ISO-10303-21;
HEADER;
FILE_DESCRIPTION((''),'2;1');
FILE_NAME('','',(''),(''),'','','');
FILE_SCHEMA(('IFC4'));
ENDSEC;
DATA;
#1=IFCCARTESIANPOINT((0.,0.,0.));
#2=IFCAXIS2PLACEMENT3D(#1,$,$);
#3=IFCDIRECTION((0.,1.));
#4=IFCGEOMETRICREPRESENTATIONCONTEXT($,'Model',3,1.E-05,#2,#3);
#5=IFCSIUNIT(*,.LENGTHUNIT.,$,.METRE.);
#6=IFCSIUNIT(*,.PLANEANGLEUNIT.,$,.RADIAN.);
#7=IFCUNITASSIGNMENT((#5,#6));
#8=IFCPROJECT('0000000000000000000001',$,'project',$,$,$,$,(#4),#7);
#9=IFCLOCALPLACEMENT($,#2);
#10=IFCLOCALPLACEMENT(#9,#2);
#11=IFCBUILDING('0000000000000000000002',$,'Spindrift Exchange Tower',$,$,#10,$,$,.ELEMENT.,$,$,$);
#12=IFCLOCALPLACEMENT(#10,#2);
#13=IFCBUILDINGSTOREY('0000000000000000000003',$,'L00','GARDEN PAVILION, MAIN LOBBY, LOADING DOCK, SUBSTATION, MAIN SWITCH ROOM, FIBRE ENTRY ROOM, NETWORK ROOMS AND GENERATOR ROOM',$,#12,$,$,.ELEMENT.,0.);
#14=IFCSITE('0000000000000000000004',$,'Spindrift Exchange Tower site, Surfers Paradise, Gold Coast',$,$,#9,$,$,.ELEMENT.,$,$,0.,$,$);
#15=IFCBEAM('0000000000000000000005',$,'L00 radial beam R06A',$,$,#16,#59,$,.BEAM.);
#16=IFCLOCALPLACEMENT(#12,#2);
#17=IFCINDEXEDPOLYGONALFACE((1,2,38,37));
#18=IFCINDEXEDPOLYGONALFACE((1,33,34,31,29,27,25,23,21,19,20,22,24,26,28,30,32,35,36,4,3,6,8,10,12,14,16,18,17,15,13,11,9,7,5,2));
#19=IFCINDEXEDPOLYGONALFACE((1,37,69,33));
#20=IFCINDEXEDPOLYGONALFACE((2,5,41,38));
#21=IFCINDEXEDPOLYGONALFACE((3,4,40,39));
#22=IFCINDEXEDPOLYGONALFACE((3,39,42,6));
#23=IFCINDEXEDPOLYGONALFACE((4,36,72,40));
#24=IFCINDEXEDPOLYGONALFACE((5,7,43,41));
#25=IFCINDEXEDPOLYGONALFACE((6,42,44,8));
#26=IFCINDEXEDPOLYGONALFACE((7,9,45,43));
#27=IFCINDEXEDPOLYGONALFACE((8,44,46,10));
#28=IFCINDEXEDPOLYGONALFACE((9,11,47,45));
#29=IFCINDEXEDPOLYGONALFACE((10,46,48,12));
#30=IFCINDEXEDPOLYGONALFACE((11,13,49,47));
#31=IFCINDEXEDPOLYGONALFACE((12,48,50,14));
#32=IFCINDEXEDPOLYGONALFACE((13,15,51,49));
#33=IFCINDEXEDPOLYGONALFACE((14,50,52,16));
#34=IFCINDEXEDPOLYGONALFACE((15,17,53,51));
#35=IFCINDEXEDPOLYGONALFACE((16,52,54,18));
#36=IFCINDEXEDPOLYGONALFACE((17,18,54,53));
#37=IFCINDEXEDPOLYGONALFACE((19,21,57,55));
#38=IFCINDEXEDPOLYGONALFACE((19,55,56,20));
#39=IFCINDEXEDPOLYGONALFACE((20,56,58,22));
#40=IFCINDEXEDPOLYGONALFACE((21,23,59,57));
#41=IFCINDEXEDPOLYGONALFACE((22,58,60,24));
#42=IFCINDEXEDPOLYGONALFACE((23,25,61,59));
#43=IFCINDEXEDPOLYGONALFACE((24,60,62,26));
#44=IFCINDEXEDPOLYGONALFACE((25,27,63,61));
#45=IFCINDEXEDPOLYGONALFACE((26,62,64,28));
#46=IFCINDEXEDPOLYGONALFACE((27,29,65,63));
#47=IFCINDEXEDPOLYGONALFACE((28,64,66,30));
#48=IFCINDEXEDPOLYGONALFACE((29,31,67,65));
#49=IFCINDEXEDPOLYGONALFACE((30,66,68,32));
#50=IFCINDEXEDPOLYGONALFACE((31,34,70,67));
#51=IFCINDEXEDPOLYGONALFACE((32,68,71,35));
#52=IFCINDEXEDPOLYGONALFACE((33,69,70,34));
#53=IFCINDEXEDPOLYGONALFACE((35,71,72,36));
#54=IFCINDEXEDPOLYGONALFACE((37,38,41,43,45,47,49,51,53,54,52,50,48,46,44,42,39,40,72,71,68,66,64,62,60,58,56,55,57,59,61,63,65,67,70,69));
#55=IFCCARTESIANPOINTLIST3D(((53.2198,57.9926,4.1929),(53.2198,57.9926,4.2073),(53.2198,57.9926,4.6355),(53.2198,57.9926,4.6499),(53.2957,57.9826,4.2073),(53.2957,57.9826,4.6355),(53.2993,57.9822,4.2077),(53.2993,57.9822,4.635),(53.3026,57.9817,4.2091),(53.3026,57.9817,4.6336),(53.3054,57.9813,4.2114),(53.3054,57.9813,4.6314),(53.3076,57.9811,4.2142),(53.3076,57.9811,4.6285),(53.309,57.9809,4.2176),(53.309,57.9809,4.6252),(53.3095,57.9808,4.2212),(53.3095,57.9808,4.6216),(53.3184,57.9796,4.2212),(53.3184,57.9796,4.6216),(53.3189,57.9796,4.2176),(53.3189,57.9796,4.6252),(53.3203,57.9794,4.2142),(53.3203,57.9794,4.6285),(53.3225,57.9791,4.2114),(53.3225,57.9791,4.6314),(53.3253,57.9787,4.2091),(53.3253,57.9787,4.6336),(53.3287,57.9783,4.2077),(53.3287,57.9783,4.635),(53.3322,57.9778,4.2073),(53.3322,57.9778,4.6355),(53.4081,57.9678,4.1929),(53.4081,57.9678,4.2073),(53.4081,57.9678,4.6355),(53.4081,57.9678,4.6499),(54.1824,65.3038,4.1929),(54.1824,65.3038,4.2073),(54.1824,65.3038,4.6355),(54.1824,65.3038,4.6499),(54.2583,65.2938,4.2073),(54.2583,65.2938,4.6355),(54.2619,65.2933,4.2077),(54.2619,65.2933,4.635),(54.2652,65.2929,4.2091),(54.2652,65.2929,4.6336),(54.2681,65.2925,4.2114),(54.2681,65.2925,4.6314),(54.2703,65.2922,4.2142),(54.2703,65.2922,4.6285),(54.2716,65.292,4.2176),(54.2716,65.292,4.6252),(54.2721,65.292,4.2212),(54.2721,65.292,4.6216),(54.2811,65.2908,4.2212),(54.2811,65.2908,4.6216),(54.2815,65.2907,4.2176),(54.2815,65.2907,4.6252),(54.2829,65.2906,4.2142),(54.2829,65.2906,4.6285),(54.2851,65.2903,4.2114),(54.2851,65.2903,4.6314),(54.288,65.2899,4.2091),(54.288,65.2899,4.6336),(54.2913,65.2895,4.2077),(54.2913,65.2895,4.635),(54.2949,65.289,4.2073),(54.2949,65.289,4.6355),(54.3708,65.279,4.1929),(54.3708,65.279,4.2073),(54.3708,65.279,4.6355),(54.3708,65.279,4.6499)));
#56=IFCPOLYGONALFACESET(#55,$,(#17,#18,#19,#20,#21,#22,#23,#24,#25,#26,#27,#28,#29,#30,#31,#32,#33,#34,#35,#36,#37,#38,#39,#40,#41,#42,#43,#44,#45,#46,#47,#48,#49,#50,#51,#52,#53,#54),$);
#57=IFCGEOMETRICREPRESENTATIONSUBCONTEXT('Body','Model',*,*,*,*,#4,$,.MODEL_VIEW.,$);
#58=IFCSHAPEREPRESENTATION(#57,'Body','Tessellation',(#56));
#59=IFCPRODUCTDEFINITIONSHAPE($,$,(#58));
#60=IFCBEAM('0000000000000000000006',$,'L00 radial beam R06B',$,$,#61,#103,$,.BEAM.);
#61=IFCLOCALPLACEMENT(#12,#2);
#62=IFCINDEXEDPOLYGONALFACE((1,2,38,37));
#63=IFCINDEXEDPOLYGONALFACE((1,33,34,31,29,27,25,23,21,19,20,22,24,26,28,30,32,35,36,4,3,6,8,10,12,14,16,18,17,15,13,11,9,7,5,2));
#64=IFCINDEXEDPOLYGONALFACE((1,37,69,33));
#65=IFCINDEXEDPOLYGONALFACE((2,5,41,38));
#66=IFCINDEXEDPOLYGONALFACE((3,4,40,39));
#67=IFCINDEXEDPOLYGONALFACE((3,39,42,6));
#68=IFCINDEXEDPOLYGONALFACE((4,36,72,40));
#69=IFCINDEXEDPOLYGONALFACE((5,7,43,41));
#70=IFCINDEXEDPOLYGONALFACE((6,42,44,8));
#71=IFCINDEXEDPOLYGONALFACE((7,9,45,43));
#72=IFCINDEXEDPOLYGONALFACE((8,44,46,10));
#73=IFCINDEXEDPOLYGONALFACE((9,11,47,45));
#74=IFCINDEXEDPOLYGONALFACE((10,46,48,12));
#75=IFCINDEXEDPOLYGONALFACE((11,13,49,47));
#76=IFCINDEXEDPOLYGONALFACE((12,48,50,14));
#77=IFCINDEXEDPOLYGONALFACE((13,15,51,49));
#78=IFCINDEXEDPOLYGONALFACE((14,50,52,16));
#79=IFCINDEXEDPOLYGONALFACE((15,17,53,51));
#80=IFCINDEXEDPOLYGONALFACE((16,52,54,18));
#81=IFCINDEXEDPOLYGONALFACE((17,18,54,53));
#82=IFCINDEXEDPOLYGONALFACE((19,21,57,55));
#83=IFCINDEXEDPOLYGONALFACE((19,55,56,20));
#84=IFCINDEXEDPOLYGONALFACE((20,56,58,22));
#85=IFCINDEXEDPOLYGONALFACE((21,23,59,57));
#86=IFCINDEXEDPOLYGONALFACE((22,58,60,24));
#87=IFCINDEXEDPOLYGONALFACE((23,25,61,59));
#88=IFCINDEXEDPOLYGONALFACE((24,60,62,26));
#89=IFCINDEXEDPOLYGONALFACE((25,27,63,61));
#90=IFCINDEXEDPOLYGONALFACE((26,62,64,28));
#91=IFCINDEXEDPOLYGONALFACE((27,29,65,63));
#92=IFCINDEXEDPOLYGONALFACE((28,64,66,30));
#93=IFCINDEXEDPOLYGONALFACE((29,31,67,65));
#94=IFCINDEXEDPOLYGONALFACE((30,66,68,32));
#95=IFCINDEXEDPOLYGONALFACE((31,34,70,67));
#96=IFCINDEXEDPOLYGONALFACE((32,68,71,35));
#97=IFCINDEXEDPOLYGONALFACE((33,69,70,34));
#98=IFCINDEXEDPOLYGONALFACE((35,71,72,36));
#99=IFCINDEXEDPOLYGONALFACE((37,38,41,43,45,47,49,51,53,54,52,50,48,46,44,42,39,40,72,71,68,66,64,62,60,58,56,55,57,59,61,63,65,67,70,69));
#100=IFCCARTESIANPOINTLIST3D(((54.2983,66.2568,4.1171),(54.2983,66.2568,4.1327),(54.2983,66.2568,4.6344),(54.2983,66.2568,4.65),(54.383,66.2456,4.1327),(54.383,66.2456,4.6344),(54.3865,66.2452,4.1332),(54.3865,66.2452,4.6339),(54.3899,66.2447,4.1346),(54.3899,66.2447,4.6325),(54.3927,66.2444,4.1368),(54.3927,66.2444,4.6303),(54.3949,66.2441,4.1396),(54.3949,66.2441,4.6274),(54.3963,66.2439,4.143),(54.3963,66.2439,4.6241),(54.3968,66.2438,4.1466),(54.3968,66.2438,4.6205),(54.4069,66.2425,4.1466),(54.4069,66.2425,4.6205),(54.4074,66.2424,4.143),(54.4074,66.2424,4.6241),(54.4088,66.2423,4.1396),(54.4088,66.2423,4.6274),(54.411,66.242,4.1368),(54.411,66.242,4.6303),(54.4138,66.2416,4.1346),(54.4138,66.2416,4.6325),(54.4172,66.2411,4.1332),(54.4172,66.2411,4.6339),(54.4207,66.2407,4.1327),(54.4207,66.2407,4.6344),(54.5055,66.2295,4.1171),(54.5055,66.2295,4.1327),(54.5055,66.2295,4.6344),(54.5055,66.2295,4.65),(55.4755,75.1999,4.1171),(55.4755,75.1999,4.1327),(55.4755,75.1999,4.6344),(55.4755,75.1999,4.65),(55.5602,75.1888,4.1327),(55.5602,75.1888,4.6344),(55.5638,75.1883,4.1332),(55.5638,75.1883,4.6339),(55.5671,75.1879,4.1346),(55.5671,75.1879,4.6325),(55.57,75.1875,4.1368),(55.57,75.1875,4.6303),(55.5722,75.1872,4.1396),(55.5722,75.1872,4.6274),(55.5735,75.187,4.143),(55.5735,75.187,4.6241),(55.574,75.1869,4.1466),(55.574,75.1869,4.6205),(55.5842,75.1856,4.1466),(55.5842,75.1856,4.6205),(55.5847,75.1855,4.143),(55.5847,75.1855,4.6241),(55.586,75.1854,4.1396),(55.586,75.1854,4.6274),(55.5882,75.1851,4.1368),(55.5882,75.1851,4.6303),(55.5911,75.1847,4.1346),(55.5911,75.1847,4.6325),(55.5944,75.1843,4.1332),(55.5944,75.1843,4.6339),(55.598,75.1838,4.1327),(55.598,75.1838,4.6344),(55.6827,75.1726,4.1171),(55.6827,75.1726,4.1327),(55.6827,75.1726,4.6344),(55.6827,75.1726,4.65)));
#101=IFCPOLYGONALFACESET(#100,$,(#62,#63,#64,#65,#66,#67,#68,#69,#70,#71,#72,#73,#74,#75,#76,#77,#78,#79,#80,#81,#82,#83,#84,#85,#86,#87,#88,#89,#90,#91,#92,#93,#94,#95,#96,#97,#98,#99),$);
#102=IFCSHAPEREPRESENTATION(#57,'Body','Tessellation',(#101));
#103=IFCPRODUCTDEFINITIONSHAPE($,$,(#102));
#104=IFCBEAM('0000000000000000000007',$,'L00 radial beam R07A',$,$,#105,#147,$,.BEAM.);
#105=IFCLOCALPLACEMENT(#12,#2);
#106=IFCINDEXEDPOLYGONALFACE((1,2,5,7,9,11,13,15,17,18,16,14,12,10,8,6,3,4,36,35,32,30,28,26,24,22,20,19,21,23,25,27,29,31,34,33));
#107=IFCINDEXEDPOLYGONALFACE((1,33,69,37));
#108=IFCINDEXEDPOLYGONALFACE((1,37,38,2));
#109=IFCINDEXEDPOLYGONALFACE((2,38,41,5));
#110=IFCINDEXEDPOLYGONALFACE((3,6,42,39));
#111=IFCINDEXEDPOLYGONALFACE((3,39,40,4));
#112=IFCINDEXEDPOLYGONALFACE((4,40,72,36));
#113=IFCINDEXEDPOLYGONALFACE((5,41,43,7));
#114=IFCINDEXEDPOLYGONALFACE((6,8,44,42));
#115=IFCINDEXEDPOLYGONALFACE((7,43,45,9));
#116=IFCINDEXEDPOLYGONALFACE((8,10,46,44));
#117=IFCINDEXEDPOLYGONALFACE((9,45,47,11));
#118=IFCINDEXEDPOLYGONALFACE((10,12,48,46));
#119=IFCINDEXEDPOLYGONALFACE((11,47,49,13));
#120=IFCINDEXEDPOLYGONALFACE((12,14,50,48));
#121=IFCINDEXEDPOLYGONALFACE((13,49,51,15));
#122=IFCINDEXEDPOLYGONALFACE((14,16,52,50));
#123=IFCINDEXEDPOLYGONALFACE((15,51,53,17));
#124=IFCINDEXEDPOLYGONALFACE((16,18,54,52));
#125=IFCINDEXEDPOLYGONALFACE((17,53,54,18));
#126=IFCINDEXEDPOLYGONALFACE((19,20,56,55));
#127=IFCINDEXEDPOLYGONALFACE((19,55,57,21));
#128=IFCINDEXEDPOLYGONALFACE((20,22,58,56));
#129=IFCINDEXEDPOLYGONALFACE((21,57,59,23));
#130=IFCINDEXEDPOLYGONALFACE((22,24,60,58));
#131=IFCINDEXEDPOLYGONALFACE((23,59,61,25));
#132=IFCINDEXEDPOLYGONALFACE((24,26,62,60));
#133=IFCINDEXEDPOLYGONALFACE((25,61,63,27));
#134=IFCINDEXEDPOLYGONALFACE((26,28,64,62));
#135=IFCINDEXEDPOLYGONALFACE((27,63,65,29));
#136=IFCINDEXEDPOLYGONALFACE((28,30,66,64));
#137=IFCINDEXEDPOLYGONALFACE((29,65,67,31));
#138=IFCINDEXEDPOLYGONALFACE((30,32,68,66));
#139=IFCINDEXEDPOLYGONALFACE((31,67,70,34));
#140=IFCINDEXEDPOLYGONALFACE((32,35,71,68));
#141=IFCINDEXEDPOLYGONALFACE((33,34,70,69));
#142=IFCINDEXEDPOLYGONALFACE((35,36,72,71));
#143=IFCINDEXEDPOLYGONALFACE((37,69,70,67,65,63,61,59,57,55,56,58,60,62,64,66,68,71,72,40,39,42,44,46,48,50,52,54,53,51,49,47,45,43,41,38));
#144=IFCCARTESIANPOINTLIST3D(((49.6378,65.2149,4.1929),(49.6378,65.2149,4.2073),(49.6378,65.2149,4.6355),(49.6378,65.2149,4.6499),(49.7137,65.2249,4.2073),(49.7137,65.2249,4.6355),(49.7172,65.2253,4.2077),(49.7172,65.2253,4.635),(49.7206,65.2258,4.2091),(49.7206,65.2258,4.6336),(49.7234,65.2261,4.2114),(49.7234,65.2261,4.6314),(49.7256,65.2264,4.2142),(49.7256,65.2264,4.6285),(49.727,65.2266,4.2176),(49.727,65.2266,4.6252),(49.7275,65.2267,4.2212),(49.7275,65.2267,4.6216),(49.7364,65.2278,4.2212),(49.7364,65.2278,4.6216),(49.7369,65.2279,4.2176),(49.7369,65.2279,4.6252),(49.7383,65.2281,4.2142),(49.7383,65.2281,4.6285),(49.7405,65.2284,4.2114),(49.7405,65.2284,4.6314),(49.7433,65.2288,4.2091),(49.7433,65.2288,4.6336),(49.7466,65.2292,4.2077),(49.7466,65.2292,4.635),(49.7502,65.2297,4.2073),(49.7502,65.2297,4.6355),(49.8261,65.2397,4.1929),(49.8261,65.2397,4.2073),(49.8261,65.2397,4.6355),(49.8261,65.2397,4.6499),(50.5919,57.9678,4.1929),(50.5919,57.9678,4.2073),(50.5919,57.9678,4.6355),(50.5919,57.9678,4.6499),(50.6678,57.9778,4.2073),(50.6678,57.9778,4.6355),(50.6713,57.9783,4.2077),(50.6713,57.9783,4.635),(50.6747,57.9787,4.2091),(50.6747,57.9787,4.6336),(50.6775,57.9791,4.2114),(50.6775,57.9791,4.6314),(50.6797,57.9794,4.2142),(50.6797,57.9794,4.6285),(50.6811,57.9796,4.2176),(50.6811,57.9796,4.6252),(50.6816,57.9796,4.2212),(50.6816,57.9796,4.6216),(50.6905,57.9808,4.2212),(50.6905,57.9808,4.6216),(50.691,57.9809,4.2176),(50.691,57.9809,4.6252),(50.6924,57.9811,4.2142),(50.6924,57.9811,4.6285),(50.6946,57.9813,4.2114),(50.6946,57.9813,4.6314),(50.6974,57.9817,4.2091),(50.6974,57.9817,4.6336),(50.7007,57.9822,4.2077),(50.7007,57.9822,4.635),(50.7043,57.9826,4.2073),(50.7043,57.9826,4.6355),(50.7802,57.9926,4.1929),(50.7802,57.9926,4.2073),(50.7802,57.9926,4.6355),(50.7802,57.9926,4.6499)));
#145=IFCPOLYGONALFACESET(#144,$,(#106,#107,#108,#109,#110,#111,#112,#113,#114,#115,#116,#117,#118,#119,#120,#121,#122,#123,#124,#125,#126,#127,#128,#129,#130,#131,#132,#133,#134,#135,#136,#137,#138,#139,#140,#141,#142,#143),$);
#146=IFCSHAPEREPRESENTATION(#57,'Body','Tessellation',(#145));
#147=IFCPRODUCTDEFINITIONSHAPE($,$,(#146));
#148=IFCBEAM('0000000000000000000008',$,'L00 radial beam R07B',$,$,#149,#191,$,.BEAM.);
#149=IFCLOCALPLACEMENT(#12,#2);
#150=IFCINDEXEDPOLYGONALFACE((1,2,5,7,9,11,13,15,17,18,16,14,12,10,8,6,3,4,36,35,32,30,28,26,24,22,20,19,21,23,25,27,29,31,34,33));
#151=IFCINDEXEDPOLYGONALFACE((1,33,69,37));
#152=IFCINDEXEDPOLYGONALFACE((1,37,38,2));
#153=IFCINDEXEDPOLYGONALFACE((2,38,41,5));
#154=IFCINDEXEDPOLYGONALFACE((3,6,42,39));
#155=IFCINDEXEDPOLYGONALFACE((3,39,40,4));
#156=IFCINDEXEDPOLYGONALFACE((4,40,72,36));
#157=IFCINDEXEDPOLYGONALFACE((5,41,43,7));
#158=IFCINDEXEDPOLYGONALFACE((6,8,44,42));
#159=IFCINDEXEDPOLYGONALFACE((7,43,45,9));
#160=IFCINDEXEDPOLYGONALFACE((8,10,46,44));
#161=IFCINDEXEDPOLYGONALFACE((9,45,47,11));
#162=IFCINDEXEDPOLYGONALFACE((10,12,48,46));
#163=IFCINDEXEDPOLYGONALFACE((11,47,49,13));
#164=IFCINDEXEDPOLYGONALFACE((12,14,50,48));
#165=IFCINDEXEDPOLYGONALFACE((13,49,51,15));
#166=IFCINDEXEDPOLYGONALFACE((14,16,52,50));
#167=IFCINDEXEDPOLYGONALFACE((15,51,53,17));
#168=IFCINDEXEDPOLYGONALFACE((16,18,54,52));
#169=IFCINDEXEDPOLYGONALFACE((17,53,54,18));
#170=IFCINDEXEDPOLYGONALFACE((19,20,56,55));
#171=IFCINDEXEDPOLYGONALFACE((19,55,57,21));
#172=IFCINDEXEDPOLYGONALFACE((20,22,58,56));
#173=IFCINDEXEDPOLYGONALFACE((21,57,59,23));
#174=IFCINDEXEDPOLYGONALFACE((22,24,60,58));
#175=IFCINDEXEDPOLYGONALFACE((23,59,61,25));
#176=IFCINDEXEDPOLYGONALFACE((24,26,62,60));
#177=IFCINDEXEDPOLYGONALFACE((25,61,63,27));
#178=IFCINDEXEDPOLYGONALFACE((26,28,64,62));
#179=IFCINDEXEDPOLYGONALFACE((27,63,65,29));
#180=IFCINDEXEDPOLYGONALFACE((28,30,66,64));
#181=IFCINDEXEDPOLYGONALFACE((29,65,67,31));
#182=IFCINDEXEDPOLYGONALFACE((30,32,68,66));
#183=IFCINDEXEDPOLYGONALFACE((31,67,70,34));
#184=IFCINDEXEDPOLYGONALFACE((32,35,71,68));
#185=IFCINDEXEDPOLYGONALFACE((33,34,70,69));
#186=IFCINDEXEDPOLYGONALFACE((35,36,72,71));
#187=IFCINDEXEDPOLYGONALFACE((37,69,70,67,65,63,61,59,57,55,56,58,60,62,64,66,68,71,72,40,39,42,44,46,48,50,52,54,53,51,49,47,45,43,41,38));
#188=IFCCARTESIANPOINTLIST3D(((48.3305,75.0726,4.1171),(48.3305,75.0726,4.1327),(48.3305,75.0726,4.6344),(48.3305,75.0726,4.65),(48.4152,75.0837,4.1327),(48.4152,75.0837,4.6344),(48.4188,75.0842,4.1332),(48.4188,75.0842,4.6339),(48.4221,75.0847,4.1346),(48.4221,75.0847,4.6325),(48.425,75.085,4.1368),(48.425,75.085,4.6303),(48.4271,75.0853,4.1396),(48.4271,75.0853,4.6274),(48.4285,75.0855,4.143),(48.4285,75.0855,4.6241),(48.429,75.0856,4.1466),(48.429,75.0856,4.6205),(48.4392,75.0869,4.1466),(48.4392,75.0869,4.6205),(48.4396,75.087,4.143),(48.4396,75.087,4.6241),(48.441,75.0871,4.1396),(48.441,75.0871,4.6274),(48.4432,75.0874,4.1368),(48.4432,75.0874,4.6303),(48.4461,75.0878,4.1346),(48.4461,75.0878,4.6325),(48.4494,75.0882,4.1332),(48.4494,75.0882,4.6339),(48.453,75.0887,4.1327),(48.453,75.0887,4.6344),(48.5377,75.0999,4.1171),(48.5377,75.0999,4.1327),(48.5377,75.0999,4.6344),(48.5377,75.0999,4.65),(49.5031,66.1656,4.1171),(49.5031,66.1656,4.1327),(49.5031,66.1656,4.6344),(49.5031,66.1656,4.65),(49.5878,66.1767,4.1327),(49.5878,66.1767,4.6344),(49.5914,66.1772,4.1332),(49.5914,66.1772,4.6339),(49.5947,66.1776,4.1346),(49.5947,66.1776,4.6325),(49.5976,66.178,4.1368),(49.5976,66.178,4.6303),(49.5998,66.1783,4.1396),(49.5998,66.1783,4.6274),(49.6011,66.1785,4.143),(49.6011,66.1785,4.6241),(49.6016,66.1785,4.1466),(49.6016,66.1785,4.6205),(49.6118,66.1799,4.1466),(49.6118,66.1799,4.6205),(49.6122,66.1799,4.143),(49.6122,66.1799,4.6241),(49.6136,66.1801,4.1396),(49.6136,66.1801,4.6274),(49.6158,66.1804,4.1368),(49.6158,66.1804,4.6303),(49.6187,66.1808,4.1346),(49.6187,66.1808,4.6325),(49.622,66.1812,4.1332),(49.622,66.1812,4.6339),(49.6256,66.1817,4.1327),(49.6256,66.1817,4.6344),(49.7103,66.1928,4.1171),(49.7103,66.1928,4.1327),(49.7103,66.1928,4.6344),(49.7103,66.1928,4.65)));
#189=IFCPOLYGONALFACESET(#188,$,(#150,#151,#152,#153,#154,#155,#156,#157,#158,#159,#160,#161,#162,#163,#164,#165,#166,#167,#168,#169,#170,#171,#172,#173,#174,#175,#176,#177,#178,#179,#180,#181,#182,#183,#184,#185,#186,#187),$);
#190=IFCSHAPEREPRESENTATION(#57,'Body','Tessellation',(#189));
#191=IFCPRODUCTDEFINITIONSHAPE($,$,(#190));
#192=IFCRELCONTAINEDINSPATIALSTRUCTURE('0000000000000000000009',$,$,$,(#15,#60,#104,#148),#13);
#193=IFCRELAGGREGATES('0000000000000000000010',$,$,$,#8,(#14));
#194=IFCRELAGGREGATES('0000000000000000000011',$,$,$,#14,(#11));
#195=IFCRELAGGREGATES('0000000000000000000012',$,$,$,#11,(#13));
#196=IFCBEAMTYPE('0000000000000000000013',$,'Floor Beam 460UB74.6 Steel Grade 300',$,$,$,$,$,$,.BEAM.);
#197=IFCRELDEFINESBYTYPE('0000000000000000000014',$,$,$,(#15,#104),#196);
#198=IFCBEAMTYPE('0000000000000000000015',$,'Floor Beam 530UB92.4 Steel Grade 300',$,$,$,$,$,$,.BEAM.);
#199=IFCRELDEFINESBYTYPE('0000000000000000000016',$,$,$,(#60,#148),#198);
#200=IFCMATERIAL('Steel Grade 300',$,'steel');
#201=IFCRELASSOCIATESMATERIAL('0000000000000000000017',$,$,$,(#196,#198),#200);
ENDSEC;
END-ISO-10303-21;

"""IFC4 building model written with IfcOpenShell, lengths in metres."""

from ifc_helpers import new_model, si_unit, direction, frame, origin, origin_2d, place, context, subcontext, project, spatial, i_section, extrude, source, transform, mapped, material, material_profile, profile_set, type_object, element, save


model = new_model("IFC4")

# Units and contexts
model_context = context("Model", 3, precision=1e-05, world=origin(), true_north=direction((0.0, 1.0)))
body_context = subcontext(model_context, "Body", "Model", "MODEL_VIEW")
ifc_project = project(units=[si_unit("LENGTHUNIT", "METRE"), si_unit("PLANEANGLEUNIT", "RADIAN")], contexts=[model_context])

# Site, building, storey
site_placement = place(None, origin())
site = spatial("IfcSite", under=ifc_project, at=site_placement, Name="Spindrift Exchange Tower site, Surfers Paradise, Gold Coast", CompositionType="ELEMENT", RefElevation=0.0)
building_placement = place(site_placement, origin())
building = spatial("IfcBuilding", under=site, at=building_placement, Name="Spindrift Exchange Tower", CompositionType="ELEMENT")
storey_placement = place(building_placement, origin())
storey = spatial("IfcBuildingStorey", under=building, at=storey_placement, Name="L00", Description="GARDEN PAVILION, MAIN LOBBY, LOADING DOCK, SUBSTATION, MAIN SWITCH ROOM, FIBRE ENTRY ROOM, NETWORK ROOMS AND GENERATOR ROOM", CompositionType="ELEMENT", Elevation=0.0)

# Beams
ifc_material_1 = material(Name="Steel Grade 300", Category="steel")
ifc_material_profile_1 = material_profile(ifc_material_1, i_section(OverallWidth=0.1899, OverallDepth=0.457, WebThickness=0.009, FlangeThickness=0.0144, FilletRadius=0.0139, at=origin_2d()), Name="460UB74.6")
ifc_profile_set_1 = profile_set([ifc_material_profile_1], Name="Steel Grade 300")
beam_type_1 = type_object("IfcBeamType", Name="Floor Beam 460UB74.6 Steel Grade 300", PredefinedType="BEAM", material=ifc_profile_set_1)
shared_shape_1 = source(origin(), body_context, "Body", "SweptSolid", [
    extrude(i_section(OverallWidth=0.1899, OverallDepth=0.457, WebThickness=0.009, FlangeThickness=0.0144, FilletRadius=0.0139, at=origin_2d()), origin(), (0.0, 0.0, 1.0), 7.3743),
])
beam_1_placement = place(storey_placement, frame((53.314, 57.9802, 4.4214), z_axis=(0.130539, 0.991443, 0.0), x_axis=(-0.991443, 0.130539, 0.0)))
element("IfcBeam", 1, at=beam_1_placement, inside=storey, type_object=beam_type_1, Name="L00 radial beam R06A", PredefinedType="BEAM", context=body_context, shape_type="MappedRepresentation", body=[
    mapped(shared_shape_1, transform((0.0, 0.0, 0.0), scale=1.0)),
])
ifc_material_profile_2 = material_profile(ifc_material_1, i_section(OverallWidth=0.209, OverallDepth=0.533, WebThickness=0.0103, FlangeThickness=0.0156, FilletRadius=0.0139, at=origin_2d()), Name="530UB92.4")
ifc_profile_set_2 = profile_set([ifc_material_profile_2], Name="Steel Grade 300")
beam_type_2 = type_object("IfcBeamType", Name="Floor Beam 530UB92.4 Steel Grade 300", PredefinedType="BEAM", material=ifc_profile_set_2)
shared_shape_2 = source(origin(), body_context, "Body", "SweptSolid", [
    extrude(i_section(OverallWidth=0.209, OverallDepth=0.533, WebThickness=0.0103, FlangeThickness=0.0156, FilletRadius=0.0139, at=origin_2d()), origin(), (0.0, 0.0, 1.0), 9.0203),
])
beam_2_placement = place(storey_placement, frame((54.4019, 66.2432, 4.3835), z_axis=(0.130511, 0.991447, 0.0), x_axis=(-0.991447, 0.130511, 0.0)))
element("IfcBeam", 2, at=beam_2_placement, inside=storey, type_object=beam_type_2, Name="L00 radial beam R06B", PredefinedType="BEAM", context=body_context, shape_type="MappedRepresentation", body=[
    mapped(shared_shape_2, transform((0.0, 0.0, 0.0), scale=1.0)),
])
shared_shape_3 = source(origin(), body_context, "Body", "SweptSolid", [
    extrude(i_section(OverallWidth=0.1899, OverallDepth=0.457, WebThickness=0.009, FlangeThickness=0.0144, FilletRadius=0.0139, at=origin_2d()), origin(), (0.0, 0.0, 1.0), 7.3096),
])
beam_3_placement = place(storey_placement, frame((50.686, 57.9802, 4.4214), z_axis=(-0.130527, 0.991445, 0.0), x_axis=(-0.991445, -0.130527, 0.0)))
element("IfcBeam", 3, at=beam_3_placement, inside=storey, type_object=beam_type_1, Name="L00 radial beam R07A", PredefinedType="BEAM", context=body_context, shape_type="MappedRepresentation", body=[
    mapped(shared_shape_3, transform((0.0, 0.0, 0.0), scale=1.0)),
])
shared_shape_4 = source(origin(), body_context, "Body", "SweptSolid", [
    extrude(i_section(OverallWidth=0.209, OverallDepth=0.533, WebThickness=0.0103, FlangeThickness=0.0156, FilletRadius=0.0139, at=origin_2d()), origin(), (0.0, 0.0, 1.0), 8.9839),
])
beam_4_placement = place(storey_placement, frame((49.6067, 66.1792, 4.3835), z_axis=(-0.130524, 0.991445, 0.0), x_axis=(-0.991445, -0.130524, 0.0)))
element("IfcBeam", 4, at=beam_4_placement, inside=storey, type_object=beam_type_2, Name="L00 radial beam R07B", PredefinedType="BEAM", context=body_context, shape_type="MappedRepresentation", body=[
    mapped(shared_shape_4, transform((0.0, 0.0, 0.0), scale=1.0)),
])

save(model, "model.ifc")
